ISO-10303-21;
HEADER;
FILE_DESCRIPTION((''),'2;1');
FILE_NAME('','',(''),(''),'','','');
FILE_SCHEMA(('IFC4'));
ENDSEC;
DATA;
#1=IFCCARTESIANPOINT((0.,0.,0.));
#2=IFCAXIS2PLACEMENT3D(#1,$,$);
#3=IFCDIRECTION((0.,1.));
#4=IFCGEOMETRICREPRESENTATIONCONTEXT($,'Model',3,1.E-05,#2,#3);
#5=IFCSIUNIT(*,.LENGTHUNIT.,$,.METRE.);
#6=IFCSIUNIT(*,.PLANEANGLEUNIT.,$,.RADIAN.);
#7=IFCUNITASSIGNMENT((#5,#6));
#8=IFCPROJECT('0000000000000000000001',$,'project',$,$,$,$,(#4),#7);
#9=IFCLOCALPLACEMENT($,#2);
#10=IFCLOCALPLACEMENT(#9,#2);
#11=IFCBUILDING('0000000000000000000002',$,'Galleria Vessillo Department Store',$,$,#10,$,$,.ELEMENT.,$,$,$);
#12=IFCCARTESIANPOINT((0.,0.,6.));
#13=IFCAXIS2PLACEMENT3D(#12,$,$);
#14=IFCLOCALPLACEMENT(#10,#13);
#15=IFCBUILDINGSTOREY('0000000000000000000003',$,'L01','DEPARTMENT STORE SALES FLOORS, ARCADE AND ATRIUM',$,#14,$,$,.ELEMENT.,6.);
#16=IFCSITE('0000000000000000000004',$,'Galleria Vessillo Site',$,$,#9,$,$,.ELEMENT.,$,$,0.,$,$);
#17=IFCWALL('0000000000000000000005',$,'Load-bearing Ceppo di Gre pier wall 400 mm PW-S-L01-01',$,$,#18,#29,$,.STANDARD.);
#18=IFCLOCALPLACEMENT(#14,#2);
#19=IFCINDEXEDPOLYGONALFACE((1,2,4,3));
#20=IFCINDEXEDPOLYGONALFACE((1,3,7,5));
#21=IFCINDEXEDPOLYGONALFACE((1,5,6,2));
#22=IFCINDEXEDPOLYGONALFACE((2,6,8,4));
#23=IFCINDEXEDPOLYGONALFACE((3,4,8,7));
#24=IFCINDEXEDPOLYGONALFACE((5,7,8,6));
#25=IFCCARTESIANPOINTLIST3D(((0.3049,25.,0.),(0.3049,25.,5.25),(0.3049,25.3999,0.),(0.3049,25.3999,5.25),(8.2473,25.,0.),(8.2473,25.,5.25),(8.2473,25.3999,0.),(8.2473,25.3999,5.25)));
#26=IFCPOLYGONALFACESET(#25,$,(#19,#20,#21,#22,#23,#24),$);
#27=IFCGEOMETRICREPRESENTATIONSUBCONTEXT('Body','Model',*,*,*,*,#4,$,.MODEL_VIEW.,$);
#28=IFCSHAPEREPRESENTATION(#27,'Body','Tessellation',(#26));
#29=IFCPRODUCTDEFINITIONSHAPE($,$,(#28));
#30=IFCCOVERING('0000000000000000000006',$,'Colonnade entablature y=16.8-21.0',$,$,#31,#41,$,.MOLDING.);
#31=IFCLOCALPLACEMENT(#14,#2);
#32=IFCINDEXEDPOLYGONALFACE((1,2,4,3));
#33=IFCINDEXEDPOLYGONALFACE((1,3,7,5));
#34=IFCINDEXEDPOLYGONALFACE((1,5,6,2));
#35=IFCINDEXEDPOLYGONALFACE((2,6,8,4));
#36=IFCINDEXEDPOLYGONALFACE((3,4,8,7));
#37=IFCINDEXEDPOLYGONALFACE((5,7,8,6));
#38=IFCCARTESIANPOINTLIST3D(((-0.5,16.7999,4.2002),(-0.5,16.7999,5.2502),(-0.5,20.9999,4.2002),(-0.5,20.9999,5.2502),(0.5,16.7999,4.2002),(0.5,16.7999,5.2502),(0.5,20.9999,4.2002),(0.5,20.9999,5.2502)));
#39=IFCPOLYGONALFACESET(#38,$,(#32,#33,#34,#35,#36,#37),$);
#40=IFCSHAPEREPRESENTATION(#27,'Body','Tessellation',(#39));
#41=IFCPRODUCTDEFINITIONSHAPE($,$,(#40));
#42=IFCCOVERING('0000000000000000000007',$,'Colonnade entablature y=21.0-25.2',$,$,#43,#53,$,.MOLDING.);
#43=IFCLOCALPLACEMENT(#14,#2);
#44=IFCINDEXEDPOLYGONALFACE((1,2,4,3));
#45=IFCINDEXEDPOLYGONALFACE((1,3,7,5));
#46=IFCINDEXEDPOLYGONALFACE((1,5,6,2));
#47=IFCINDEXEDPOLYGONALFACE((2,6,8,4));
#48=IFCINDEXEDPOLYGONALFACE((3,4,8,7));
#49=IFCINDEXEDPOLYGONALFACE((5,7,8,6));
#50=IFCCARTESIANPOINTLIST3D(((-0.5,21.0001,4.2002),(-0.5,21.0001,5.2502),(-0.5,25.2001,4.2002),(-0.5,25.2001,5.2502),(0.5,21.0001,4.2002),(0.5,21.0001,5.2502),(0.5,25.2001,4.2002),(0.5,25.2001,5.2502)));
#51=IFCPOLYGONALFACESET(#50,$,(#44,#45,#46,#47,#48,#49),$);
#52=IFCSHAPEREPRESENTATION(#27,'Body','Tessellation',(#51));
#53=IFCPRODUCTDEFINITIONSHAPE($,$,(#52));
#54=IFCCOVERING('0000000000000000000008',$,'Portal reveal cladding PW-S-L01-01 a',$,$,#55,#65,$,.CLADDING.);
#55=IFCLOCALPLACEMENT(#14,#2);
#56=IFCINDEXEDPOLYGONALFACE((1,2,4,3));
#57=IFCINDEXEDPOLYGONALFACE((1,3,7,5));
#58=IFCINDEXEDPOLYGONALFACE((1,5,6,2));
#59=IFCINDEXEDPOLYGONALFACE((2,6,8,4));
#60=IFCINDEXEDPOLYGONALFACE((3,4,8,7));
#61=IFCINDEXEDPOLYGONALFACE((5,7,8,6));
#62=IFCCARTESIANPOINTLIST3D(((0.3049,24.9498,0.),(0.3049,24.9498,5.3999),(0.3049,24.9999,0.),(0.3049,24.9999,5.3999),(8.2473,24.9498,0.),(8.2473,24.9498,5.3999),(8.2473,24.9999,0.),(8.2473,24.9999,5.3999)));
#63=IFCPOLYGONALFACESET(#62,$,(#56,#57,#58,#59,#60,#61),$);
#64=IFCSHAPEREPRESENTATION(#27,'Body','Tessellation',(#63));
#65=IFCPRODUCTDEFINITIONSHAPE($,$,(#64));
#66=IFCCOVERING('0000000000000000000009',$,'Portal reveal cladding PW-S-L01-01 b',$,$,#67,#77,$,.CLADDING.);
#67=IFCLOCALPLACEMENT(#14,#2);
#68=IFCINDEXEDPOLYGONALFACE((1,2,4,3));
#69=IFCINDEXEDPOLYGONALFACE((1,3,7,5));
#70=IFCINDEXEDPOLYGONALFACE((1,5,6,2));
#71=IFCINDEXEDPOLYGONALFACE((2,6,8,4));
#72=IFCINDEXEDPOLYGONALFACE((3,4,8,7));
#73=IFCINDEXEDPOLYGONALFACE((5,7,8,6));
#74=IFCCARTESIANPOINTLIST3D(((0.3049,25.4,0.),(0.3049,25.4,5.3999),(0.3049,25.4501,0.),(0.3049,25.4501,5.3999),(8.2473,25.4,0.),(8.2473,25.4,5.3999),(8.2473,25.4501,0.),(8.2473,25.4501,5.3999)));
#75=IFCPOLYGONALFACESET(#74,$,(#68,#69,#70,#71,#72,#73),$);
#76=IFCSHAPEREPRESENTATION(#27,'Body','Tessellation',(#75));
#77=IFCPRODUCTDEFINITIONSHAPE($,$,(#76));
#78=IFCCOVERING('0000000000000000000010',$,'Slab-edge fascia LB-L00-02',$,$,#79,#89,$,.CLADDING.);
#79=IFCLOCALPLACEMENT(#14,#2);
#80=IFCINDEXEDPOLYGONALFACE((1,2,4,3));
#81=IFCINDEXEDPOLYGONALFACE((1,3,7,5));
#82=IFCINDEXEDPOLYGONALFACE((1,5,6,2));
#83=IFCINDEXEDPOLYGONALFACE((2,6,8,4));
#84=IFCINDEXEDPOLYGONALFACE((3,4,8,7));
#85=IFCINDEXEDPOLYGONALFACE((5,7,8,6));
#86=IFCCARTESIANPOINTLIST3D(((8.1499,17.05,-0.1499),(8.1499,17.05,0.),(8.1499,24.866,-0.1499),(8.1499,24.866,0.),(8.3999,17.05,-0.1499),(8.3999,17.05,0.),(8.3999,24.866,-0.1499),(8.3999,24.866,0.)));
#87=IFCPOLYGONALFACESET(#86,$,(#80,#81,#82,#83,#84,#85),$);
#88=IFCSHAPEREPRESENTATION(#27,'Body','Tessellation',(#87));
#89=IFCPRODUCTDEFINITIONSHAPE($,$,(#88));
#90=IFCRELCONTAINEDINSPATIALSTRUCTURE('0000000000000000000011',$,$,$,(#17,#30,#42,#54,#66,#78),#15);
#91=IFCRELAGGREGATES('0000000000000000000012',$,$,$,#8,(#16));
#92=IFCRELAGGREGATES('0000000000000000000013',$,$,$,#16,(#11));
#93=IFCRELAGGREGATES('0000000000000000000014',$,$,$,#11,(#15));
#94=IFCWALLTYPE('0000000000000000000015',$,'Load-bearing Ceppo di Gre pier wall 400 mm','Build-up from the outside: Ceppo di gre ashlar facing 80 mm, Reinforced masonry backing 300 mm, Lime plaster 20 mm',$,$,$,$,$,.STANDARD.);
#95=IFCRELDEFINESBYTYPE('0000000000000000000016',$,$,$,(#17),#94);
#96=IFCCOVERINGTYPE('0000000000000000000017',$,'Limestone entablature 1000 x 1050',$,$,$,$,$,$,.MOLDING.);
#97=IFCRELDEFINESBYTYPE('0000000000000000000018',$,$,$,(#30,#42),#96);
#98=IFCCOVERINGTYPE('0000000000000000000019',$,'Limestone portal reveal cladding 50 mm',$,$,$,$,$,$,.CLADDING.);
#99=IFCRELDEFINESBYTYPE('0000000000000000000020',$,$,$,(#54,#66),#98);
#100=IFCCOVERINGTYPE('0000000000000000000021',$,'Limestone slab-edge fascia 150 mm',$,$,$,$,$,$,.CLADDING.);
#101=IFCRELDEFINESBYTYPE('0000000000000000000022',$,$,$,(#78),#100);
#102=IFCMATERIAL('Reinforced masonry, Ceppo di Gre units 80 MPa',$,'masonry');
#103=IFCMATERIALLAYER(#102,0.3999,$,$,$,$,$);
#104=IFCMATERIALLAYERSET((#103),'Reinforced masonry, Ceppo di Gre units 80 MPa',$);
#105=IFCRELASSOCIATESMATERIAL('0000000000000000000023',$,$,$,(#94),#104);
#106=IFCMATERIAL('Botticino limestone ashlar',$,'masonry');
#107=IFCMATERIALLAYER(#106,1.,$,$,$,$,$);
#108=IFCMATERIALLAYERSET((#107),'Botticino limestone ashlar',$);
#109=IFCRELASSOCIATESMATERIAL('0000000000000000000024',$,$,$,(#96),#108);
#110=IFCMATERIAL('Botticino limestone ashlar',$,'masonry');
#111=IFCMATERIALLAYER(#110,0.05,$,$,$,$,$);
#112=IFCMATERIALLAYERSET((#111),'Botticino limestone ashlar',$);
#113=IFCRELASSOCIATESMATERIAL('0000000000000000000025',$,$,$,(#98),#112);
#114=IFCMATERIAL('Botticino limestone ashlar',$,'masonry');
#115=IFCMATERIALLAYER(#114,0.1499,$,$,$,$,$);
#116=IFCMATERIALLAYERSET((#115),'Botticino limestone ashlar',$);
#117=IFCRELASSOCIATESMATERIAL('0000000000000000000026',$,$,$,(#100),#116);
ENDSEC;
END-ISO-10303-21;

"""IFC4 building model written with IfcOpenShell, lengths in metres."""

from ifc_helpers import new_model, si_unit, direction, frame, frame_2d, origin, origin_2d, place, context, subcontext, project, spatial, rectangle, extrude, material, layer, layer_set, type_object, element, save


model = new_model("IFC4")

# Units and contexts
model_context = context("Model", 3, precision=1e-05, world=origin(), true_north=direction((0.0, 1.0)))
body_context = subcontext(model_context, "Body", "Model", "MODEL_VIEW")
ifc_project = project(units=[si_unit("LENGTHUNIT", "METRE"), si_unit("PLANEANGLEUNIT", "RADIAN")], contexts=[model_context])

# Site, building, storey
site_placement = place(None, origin())
site = spatial("IfcSite", under=ifc_project, at=site_placement, Name="Galleria Vessillo Site", CompositionType="ELEMENT", RefElevation=0.0)
building_placement = place(site_placement, origin())
building = spatial("IfcBuilding", under=site, at=building_placement, Name="Galleria Vessillo Department Store", CompositionType="ELEMENT")
storey_placement = place(building_placement, frame((0.0, 0.0, 6.0)))
storey = spatial("IfcBuildingStorey", under=building, at=storey_placement, Name="L01", Description="DEPARTMENT STORE SALES FLOORS, ARCADE AND ATRIUM", CompositionType="ELEMENT", Elevation=6.0)

# Wall
ifc_material_1 = material(Name="Reinforced masonry, Ceppo di Gre units 80 MPa", Category="masonry")
ifc_layer_1 = layer(ifc_material_1, 0.3999)
ifc_layer_set_1 = layer_set([ifc_layer_1], Name="Reinforced masonry, Ceppo di Gre units 80 MPa")
wall_type = type_object("IfcWallType", Name="Load-bearing Ceppo di Gre pier wall 400 mm", Description="Build-up from the outside: Ceppo di gre ashlar facing 80 mm, Reinforced masonry backing 300 mm, Lime plaster 20 mm", PredefinedType="STANDARD", material=ifc_layer_set_1)
wall_placement = place(storey_placement, frame((0.3049, 25.2, 0.0), z_axis=(0.0, 0.0, 1.0), x_axis=(1.0, 0.0, 0.0)))
element("IfcWall", 1, at=wall_placement, inside=storey, type_object=wall_type, Name="Load-bearing Ceppo di Gre pier wall 400 mm PW-S-L01-01", PredefinedType="STANDARD", context=body_context, shape_type="SweptSolid", body=[
    extrude(rectangle(XDim=7.9424, YDim=0.3999, at=frame_2d((3.9712, 0.0))), origin(), (0.0, 0.0, 1.0), 5.25),
])

# Coverings
ifc_material_2 = material(Name="Botticino limestone ashlar", Category="masonry")
ifc_layer_2 = layer(ifc_material_2, 1.0)
ifc_layer_set_2 = layer_set([ifc_layer_2], Name="Botticino limestone ashlar")
covering_type_1 = type_object("IfcCoveringType", Name="Limestone entablature 1000 x 1050", PredefinedType="MOLDING", material=ifc_layer_set_2)
for number, where, z_axis, x_axis, name in (
    (2, (0.0, 18.8999, 4.2002), (0.0, 0.0, 1.0), (1.0, 0.0, 0.0), "Colonnade entablature y=16.8-21.0"),
    (3, (0.0, 23.1001, 4.2002), (0.0, 0.0, 1.0), (1.0, 0.0, 0.0), "Colonnade entablature y=21.0-25.2"),
):
    element("IfcCovering", number, at=place(storey_placement, frame(where, z_axis=z_axis, x_axis=x_axis)), inside=storey, type_object=covering_type_1, Name=name, PredefinedType="MOLDING", context=body_context, shape_type="SweptSolid", body=[
        extrude(rectangle(XDim=1.0, YDim=4.2, at=origin_2d()), origin(), (0.0, 0.0, 1.0), 1.05),
    ])
ifc_material_3 = material(Name="Botticino limestone ashlar", Category="masonry")
ifc_layer_3 = layer(ifc_material_3, 0.05)
ifc_layer_set_3 = layer_set([ifc_layer_3], Name="Botticino limestone ashlar")
covering_type_2 = type_object("IfcCoveringType", Name="Limestone portal reveal cladding 50 mm", PredefinedType="CLADDING", material=ifc_layer_set_3)
for number, where, z_axis, x_axis, name in (
    (4, (4.2761, 24.9749, 0.0), (0.0, 0.0, 1.0), (1.0, 0.0, 0.0), "Portal reveal cladding PW-S-L01-01 a"),
    (5, (4.2761, 25.425, 0.0), (0.0, 0.0, 1.0), (1.0, 0.0, 0.0), "Portal reveal cladding PW-S-L01-01 b"),
):
    element("IfcCovering", number, at=place(storey_placement, frame(where, z_axis=z_axis, x_axis=x_axis)), inside=storey, type_object=covering_type_2, Name=name, PredefinedType="CLADDING", context=body_context, shape_type="SweptSolid", body=[
        extrude(rectangle(XDim=7.9424, YDim=0.05, at=origin_2d()), origin(), (0.0, 0.0, 1.0), 5.3999),
    ])
ifc_material_4 = material(Name="Botticino limestone ashlar", Category="masonry")
ifc_layer_4 = layer(ifc_material_4, 0.1499)
ifc_layer_set_4 = layer_set([ifc_layer_4], Name="Botticino limestone ashlar")
covering_type_3 = type_object("IfcCoveringType", Name="Limestone slab-edge fascia 150 mm", PredefinedType="CLADDING", material=ifc_layer_set_4)
covering_placement = place(storey_placement, frame((8.2749, 20.958, -0.1499), z_axis=(0.0, 0.0, 1.0), x_axis=(1.0, 0.0, 0.0)))
element("IfcCovering", 6, at=covering_placement, inside=storey, type_object=covering_type_3, Name="Slab-edge fascia LB-L00-02", PredefinedType="CLADDING", context=body_context, shape_type="SweptSolid", body=[
    extrude(rectangle(XDim=0.25, YDim=7.8159, at=origin_2d()), origin(), (0.0, 0.0, 1.0), 0.1499),
])

save(model, "model.ifc")
